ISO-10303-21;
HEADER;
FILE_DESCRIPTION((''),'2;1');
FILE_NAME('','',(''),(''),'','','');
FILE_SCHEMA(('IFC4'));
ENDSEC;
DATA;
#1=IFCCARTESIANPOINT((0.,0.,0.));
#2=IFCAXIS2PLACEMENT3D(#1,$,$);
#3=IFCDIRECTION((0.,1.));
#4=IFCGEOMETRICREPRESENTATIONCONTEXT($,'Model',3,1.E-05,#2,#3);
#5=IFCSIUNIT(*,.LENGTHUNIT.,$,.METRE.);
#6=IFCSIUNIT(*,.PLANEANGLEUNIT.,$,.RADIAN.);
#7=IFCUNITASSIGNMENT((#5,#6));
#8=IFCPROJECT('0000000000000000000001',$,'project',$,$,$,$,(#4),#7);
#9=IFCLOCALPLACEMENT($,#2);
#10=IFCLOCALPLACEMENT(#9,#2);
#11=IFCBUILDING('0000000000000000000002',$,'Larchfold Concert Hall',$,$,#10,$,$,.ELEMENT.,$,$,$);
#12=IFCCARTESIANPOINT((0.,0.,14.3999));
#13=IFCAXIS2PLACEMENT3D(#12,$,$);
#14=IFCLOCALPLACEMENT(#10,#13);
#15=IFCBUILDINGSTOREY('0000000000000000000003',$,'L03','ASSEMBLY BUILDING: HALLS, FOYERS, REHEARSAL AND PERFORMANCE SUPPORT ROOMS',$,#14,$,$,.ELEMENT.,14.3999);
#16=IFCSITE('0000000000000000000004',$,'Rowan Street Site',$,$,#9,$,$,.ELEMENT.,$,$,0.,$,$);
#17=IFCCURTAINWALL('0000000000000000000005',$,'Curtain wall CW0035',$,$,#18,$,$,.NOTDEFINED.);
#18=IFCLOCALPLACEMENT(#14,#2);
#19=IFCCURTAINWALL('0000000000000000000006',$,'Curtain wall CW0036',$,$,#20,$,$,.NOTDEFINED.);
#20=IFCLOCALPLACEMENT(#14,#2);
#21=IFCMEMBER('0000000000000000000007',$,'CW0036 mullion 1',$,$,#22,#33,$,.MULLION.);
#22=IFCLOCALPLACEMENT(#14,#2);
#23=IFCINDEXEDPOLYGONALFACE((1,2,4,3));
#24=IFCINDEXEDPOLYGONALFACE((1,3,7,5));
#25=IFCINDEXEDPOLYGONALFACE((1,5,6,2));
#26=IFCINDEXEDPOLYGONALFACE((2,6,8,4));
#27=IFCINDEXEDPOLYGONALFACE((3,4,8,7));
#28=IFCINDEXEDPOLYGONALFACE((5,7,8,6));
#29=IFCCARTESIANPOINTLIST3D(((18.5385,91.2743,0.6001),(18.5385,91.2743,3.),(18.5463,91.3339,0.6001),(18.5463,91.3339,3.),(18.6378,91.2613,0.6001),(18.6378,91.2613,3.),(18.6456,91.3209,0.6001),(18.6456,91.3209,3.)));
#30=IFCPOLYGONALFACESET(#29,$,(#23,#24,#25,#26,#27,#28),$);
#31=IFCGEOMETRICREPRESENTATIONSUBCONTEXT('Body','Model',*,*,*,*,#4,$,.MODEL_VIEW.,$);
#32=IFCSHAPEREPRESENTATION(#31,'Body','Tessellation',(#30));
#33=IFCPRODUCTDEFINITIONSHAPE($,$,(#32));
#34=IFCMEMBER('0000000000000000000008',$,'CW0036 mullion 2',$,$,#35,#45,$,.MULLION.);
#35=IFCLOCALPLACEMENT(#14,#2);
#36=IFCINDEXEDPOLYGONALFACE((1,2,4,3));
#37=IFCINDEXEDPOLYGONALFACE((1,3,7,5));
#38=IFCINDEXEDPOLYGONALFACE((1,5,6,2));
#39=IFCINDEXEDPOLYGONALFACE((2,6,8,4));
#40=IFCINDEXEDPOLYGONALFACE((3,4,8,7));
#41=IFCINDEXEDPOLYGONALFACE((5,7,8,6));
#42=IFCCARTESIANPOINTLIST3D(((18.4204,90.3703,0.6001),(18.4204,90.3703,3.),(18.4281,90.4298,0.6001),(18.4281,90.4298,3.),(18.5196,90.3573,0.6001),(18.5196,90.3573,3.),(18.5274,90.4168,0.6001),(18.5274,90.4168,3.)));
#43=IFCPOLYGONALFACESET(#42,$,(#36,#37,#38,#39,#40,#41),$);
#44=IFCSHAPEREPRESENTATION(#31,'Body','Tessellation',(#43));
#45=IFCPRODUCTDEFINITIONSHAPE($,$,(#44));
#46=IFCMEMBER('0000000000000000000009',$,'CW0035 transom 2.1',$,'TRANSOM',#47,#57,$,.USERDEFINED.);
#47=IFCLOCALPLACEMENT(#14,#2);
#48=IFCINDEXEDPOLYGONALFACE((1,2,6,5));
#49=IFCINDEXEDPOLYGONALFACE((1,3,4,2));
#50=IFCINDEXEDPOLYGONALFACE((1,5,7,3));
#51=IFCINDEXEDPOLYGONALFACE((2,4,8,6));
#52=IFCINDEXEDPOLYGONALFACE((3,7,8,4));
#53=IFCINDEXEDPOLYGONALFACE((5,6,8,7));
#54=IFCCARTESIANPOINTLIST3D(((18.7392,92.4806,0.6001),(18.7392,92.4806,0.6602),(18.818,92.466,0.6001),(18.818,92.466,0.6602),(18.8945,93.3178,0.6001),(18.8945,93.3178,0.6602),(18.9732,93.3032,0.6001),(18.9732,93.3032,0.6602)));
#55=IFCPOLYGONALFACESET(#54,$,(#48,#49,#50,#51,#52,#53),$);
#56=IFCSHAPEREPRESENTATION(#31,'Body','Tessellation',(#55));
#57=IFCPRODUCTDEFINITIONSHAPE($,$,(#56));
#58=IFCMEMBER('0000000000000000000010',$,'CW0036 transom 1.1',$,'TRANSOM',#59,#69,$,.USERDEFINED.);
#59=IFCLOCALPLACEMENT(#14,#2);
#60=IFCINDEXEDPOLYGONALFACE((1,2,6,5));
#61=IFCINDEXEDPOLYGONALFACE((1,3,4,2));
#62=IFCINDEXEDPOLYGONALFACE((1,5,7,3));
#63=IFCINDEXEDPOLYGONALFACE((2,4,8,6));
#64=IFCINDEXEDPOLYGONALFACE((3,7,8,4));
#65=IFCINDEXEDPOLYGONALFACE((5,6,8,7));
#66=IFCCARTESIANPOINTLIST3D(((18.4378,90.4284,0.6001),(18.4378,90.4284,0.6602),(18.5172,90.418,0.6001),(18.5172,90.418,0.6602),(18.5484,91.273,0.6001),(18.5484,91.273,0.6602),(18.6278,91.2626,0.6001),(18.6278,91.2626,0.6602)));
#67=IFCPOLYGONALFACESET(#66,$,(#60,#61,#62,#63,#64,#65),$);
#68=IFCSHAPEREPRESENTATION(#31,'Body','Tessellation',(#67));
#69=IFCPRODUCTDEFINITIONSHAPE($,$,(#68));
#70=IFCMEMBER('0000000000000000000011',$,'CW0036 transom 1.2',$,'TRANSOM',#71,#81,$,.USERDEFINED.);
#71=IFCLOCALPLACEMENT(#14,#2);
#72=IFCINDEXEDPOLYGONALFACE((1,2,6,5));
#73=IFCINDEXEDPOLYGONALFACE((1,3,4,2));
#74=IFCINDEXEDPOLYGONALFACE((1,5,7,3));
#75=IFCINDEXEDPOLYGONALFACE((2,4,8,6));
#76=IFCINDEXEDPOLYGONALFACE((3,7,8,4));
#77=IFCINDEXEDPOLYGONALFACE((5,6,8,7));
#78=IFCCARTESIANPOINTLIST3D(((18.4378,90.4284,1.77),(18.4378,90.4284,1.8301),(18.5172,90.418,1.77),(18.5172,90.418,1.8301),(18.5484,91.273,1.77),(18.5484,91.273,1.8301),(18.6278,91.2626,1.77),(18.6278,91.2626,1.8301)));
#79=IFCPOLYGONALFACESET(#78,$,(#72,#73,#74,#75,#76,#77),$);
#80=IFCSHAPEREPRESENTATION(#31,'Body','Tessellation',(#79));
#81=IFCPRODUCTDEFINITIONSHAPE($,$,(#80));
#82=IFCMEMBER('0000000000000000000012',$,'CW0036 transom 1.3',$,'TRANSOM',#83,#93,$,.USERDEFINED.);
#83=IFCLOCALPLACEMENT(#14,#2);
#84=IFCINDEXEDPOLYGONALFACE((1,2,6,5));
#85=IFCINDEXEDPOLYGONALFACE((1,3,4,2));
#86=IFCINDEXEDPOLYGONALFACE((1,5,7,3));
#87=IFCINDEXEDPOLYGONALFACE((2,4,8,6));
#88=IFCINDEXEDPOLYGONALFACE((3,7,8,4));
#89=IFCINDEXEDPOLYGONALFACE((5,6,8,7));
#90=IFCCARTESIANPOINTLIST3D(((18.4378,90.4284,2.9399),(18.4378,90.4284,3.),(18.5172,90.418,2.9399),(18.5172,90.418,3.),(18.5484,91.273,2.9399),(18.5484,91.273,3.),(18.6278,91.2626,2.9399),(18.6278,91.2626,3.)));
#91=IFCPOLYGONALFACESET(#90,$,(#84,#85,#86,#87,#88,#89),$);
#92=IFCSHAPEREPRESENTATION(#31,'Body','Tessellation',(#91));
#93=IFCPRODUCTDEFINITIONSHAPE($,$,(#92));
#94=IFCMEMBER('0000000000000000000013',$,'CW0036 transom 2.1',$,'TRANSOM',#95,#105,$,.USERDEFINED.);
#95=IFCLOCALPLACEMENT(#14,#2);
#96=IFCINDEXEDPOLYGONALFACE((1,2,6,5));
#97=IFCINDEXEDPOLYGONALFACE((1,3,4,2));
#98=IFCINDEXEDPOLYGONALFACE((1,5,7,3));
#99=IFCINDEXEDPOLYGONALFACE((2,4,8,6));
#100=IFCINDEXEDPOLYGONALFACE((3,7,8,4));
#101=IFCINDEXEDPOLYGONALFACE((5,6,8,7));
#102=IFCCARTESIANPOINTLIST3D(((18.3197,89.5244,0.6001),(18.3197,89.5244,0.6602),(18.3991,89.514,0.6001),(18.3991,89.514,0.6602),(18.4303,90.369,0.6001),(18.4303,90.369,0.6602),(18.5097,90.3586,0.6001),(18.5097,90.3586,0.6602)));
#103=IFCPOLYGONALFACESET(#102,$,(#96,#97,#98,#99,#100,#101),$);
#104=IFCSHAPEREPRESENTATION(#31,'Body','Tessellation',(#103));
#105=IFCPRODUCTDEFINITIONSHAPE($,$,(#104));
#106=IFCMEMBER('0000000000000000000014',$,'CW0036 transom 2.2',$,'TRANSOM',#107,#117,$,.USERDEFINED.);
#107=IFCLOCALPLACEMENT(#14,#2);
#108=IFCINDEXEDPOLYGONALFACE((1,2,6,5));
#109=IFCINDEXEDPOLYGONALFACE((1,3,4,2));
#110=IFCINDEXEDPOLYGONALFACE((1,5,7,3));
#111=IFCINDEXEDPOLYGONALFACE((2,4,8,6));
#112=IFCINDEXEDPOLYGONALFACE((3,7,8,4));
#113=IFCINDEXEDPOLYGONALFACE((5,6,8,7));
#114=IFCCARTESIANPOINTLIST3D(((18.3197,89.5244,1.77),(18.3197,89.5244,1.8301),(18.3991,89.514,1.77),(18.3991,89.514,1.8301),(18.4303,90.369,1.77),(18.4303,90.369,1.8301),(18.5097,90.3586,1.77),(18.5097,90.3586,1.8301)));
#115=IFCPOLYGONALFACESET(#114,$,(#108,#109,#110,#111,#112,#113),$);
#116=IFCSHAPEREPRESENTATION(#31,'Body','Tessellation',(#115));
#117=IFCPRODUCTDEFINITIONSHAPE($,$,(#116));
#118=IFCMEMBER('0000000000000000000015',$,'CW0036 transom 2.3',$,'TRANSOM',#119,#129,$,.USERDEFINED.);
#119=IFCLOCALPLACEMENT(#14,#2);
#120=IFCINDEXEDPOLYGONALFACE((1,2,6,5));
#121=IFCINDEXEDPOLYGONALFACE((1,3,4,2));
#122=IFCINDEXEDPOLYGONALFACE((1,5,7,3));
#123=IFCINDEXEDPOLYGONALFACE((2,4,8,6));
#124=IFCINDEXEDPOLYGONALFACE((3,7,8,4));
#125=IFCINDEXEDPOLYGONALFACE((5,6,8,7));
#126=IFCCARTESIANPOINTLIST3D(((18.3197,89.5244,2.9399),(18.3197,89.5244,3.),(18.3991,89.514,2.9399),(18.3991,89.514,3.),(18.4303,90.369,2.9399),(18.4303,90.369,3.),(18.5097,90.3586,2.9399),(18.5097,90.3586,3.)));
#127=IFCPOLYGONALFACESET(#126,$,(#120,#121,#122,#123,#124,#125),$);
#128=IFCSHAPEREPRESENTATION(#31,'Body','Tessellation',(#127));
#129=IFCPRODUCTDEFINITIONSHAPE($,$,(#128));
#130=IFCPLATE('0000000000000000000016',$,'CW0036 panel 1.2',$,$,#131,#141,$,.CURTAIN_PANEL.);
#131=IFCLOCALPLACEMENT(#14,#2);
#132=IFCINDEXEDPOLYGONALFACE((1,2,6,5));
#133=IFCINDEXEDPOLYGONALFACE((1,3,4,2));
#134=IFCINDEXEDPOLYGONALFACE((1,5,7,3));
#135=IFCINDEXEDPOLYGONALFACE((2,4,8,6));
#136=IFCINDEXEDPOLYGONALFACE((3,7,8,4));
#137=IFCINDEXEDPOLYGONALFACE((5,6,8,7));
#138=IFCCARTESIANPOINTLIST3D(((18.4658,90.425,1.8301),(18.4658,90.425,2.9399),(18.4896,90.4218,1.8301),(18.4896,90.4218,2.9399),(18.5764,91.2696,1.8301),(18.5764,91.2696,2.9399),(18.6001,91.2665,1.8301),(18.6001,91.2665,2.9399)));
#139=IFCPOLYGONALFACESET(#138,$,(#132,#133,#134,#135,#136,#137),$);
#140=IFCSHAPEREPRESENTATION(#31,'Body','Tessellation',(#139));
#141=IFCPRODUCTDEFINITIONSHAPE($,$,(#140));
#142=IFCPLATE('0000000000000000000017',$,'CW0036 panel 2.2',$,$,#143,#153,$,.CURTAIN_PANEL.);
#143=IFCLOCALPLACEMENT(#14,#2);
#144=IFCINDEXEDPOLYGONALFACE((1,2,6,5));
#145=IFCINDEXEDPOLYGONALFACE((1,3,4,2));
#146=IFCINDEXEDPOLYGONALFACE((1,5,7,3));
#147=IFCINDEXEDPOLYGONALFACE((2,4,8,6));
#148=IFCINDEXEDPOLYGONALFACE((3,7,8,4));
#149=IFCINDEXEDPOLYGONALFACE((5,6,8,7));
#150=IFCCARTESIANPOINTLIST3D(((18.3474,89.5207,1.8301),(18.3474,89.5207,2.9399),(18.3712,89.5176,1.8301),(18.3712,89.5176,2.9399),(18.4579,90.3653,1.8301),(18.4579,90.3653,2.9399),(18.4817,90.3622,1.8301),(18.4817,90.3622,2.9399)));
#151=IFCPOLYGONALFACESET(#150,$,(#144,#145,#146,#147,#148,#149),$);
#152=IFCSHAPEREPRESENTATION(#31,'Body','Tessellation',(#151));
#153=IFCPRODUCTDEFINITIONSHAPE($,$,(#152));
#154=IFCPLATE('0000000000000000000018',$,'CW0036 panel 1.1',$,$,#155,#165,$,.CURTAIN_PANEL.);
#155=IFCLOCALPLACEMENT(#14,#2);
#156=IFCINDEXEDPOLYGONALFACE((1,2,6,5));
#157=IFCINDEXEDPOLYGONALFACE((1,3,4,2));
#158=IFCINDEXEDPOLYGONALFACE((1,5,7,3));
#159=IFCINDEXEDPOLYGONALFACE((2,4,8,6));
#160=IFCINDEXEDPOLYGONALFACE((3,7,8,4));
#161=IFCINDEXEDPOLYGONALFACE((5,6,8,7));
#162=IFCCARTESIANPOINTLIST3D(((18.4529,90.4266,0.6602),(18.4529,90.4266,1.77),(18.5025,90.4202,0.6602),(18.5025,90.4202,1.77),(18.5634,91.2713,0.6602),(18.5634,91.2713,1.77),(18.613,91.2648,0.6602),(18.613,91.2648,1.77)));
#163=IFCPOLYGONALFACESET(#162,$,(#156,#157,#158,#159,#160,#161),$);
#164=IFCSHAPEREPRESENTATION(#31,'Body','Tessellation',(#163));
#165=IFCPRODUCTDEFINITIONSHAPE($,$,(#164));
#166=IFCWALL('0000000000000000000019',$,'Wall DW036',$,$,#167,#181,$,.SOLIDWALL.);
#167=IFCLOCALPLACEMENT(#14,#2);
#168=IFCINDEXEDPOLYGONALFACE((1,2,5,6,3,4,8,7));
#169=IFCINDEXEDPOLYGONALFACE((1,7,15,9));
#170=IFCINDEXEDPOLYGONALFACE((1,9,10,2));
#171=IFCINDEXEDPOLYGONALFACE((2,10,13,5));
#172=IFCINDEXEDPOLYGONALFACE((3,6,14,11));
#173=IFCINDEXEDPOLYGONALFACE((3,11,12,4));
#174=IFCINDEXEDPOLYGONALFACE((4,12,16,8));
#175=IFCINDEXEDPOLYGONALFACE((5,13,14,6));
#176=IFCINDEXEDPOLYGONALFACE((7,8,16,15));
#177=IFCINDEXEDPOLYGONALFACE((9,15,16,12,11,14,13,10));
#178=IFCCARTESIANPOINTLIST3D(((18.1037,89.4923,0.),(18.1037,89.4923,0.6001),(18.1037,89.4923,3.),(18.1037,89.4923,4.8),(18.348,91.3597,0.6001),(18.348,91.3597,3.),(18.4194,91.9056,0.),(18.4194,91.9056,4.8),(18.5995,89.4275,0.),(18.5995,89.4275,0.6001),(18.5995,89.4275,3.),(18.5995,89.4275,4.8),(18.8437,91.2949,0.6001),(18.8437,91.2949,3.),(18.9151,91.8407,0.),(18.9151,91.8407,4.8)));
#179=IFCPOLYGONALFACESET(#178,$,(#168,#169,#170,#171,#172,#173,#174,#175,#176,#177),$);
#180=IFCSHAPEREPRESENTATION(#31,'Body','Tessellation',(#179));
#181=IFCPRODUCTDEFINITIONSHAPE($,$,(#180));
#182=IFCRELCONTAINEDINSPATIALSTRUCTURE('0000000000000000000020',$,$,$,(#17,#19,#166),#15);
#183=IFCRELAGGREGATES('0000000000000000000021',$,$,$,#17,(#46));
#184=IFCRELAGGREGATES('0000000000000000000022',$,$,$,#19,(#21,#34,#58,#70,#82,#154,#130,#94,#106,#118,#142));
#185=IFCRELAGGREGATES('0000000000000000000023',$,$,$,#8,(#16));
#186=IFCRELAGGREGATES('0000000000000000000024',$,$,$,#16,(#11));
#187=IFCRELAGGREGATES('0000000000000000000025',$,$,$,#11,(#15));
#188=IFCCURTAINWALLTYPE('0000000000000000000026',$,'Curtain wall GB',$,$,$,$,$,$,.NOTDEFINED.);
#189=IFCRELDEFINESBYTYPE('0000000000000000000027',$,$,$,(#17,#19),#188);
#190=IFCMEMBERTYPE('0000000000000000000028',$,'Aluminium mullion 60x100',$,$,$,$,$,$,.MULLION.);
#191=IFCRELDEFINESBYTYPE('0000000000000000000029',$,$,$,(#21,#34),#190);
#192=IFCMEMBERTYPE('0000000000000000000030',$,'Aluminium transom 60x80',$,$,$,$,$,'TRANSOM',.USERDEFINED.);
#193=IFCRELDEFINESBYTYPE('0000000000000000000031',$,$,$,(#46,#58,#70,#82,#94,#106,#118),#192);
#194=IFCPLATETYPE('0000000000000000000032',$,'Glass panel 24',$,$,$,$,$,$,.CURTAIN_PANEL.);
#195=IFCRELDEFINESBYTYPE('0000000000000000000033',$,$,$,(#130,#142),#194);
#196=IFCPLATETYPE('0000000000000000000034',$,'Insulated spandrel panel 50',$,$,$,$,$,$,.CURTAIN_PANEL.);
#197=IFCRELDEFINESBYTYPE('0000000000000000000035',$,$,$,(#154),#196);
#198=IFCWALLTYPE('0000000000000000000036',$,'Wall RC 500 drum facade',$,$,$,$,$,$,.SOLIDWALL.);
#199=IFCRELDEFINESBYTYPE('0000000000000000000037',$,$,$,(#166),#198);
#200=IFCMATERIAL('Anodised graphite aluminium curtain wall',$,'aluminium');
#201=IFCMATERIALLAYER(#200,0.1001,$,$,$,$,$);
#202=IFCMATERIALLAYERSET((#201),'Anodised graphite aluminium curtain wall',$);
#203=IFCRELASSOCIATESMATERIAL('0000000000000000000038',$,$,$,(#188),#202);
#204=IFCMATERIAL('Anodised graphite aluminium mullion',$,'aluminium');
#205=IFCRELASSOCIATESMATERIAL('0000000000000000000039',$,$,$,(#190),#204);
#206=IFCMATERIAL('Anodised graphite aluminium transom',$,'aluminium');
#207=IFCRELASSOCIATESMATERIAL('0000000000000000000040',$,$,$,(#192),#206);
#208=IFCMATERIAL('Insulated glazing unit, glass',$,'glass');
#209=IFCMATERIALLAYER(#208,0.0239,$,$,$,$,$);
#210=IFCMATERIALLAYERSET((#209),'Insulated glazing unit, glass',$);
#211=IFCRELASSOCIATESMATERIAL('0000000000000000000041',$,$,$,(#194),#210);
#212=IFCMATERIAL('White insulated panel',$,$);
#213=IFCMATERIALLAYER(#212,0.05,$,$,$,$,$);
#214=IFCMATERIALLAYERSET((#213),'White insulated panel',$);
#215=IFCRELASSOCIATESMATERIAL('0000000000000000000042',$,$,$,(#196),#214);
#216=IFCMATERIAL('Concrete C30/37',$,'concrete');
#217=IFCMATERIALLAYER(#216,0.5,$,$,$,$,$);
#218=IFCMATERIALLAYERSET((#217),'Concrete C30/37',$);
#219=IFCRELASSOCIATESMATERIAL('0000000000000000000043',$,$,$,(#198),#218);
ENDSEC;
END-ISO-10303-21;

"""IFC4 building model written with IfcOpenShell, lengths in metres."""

from ifc_helpers import new_model, si_unit, direction, frame, frame_2d, origin, origin_2d, place, context, subcontext, project, spatial, rectangle, extrude, material, layer, layer_set, material_profile, profile_set, type_object, element, fill, aggregate, save


model = new_model("IFC4")

# Units and contexts
model_context = context("Model", 3, precision=1e-05, world=origin(), true_north=direction((0.0, 1.0)))
body_context = subcontext(model_context, "Body", "Model", "MODEL_VIEW")
ifc_project = project(units=[si_unit("LENGTHUNIT", "METRE"), si_unit("PLANEANGLEUNIT", "RADIAN")], contexts=[model_context])

# Site, building, storey
site_placement = place(None, origin())
site = spatial("IfcSite", under=ifc_project, at=site_placement, Name="Rowan Street Site", CompositionType="ELEMENT", RefElevation=0.0)
building_placement = place(site_placement, origin())
building = spatial("IfcBuilding", under=site, at=building_placement, Name="Larchfold Concert Hall", CompositionType="ELEMENT")
storey_placement = place(building_placement, frame((0.0, 0.0, 14.3999)))
storey = spatial("IfcBuildingStorey", under=building, at=storey_placement, Name="L03", Description="ASSEMBLY BUILDING: HALLS, FOYERS, REHEARSAL AND PERFORMANCE SUPPORT ROOMS", CompositionType="ELEMENT", Elevation=14.3999)

# Curtain walls, members
ifc_material_1 = material(Name="Anodised graphite aluminium curtain wall", Category="aluminium")
ifc_layer_1 = layer(ifc_material_1, 0.1001)
ifc_layer_set_1 = layer_set([ifc_layer_1], Name="Anodised graphite aluminium curtain wall")
curtain_wall_type = type_object("IfcCurtainWallType", Name="Curtain wall GB", PredefinedType="NOTDEFINED", material=ifc_layer_set_1)
curtain_wall_1_placement = place(storey_placement, origin())
curtain_wall_1 = element("IfcCurtainWall", 1, at=curtain_wall_1_placement, inside=storey, type_object=curtain_wall_type, Name="Curtain wall CW0035", PredefinedType="NOTDEFINED")
ifc_material_2 = material(Name="Anodised graphite aluminium mullion", Category="aluminium")
ifc_material_profile_1 = material_profile(ifc_material_2, rectangle(XDim=0.1001, YDim=0.0601, at=origin_2d()))
ifc_profile_set_1 = profile_set([ifc_material_profile_1], Name="Anodised graphite aluminium mullion")
member_type_1 = type_object("IfcMemberType", Name="Aluminium mullion 60x100", PredefinedType="MULLION", material=ifc_profile_set_1)
curtain_wall_2_placement = place(storey_placement, origin())
curtain_wall_2 = element("IfcCurtainWall", 2, at=curtain_wall_2_placement, inside=storey, type_object=curtain_wall_type, Name="Curtain wall CW0036", PredefinedType="NOTDEFINED")
member_1_placement = place(storey_placement, frame((18.592, 91.2976, 0.6001), z_axis=(0.0, 0.0, 1.0), x_axis=(0.991548, -0.129744, 0.0)))
member_1 = element("IfcMember", 3, at=member_1_placement, type_object=member_type_1, Name="CW0036 mullion 1", PredefinedType="MULLION", context=body_context, shape_type="SweptSolid", body=[
    extrude(rectangle(XDim=0.1001, YDim=0.0601, at=origin_2d()), origin(), (0.0, 0.0, 1.0), 2.3999),
])
member_2_placement = place(storey_placement, frame((18.4739, 90.3936, 0.6001), z_axis=(0.0, 0.0, 1.0), x_axis=(0.991548, -0.129744, 0.0)))
member_2 = element("IfcMember", 4, at=member_2_placement, type_object=member_type_1, Name="CW0036 mullion 2", PredefinedType="MULLION", context=body_context, shape_type="SweptSolid", body=[
    extrude(rectangle(XDim=0.1001, YDim=0.0601, at=origin_2d()), origin(), (0.0, 0.0, 1.0), 2.3999),
])

# Members
ifc_material_3 = material(Name="Anodised graphite aluminium transom", Category="aluminium")
ifc_material_profile_2 = material_profile(ifc_material_3, rectangle(XDim=0.0801, YDim=0.0601, at=origin_2d()))
ifc_profile_set_2 = profile_set([ifc_material_profile_2], Name="Anodised graphite aluminium transom")
member_type_2 = type_object("IfcMemberType", Name="Aluminium transom 60x80", ElementType="TRANSOM", PredefinedType="USERDEFINED", material=ifc_profile_set_2)
member_3_placement = place(storey_placement, frame((18.9338, 93.3105, 0.6301), z_axis=(-0.182315, -0.98324, 0.0), x_axis=(0.98324, -0.182315, 0.0)))
member_3 = element("IfcMember", 5, at=member_3_placement, type_object=member_type_2, Name="CW0035 transom 2.1", ObjectType="TRANSOM", PredefinedType="USERDEFINED", context=body_context, shape_type="SweptSolid", body=[
    extrude(rectangle(XDim=0.0801, YDim=0.0601, at=origin_2d()), origin(), (0.0, 0.0, 1.0), 0.8516),
])
member_4_placement = place(storey_placement, frame((18.5881, 91.2678, 0.6301), z_axis=(-0.129854, -0.991533, 0.0), x_axis=(0.991533, -0.129854, 0.0)))
member_4 = element("IfcMember", 6, at=member_4_placement, type_object=member_type_2, Name="CW0036 transom 1.1", ObjectType="TRANSOM", PredefinedType="USERDEFINED", context=body_context, shape_type="SweptSolid", body=[
    extrude(rectangle(XDim=0.0801, YDim=0.0601, at=origin_2d()), origin(), (0.0, 0.0, 1.0), 0.8518),
])
member_5_placement = place(storey_placement, frame((18.5881, 91.2678, 1.8), z_axis=(-0.129854, -0.991533, 0.0), x_axis=(0.991533, -0.129854, 0.0)))
member_5 = element("IfcMember", 7, at=member_5_placement, type_object=member_type_2, Name="CW0036 transom 1.2", ObjectType="TRANSOM", PredefinedType="USERDEFINED", context=body_context, shape_type="SweptSolid", body=[
    extrude(rectangle(XDim=0.0801, YDim=0.0601, at=origin_2d()), origin(), (0.0, 0.0, 1.0), 0.8518),
])
member_6_placement = place(storey_placement, frame((18.5881, 91.2678, 2.97), z_axis=(-0.129854, -0.991533, 0.0), x_axis=(0.991533, -0.129854, 0.0)))
member_6 = element("IfcMember", 8, at=member_6_placement, type_object=member_type_2, Name="CW0036 transom 1.3", ObjectType="TRANSOM", PredefinedType="USERDEFINED", context=body_context, shape_type="SweptSolid", body=[
    extrude(rectangle(XDim=0.0801, YDim=0.0601, at=origin_2d()), origin(), (0.0, 0.0, 1.0), 0.8518),
])
member_7_placement = place(storey_placement, frame((18.47, 90.3638, 0.6301), z_axis=(-0.129854, -0.991533, 0.0), x_axis=(0.991533, -0.129854, 0.0)))
member_7 = element("IfcMember", 9, at=member_7_placement, type_object=member_type_2, Name="CW0036 transom 2.1", ObjectType="TRANSOM", PredefinedType="USERDEFINED", context=body_context, shape_type="SweptSolid", body=[
    extrude(rectangle(XDim=0.0801, YDim=0.0601, at=origin_2d()), origin(), (0.0, 0.0, 1.0), 0.8518),
])
member_8_placement = place(storey_placement, frame((18.47, 90.3638, 1.8), z_axis=(-0.129854, -0.991533, 0.0), x_axis=(0.991533, -0.129854, 0.0)))
member_8 = element("IfcMember", 10, at=member_8_placement, type_object=member_type_2, Name="CW0036 transom 2.2", ObjectType="TRANSOM", PredefinedType="USERDEFINED", context=body_context, shape_type="SweptSolid", body=[
    extrude(rectangle(XDim=0.0801, YDim=0.0601, at=origin_2d()), origin(), (0.0, 0.0, 1.0), 0.8518),
])
member_9_placement = place(storey_placement, frame((18.47, 90.3638, 2.97), z_axis=(-0.129854, -0.991533, 0.0), x_axis=(0.991533, -0.129854, 0.0)))
member_9 = element("IfcMember", 11, at=member_9_placement, type_object=member_type_2, Name="CW0036 transom 2.3", ObjectType="TRANSOM", PredefinedType="USERDEFINED", context=body_context, shape_type="SweptSolid", body=[
    extrude(rectangle(XDim=0.0801, YDim=0.0601, at=origin_2d()), origin(), (0.0, 0.0, 1.0), 0.8518),
])

# Plates
ifc_material_4 = material(Name="Insulated glazing unit, glass", Category="glass")
ifc_layer_2 = layer(ifc_material_4, 0.0239)
ifc_layer_set_2 = layer_set([ifc_layer_2], Name="Insulated glazing unit, glass")
plate_type_1 = type_object("IfcPlateType", Name="Glass panel 24", PredefinedType="CURTAIN_PANEL", material=ifc_layer_set_2)
plate_1_placement = place(storey_placement, frame((18.533, 90.8457, 1.8301), z_axis=(0.0, 0.0, 1.0), x_axis=(-0.129744, -0.991548, 0.0)))
plate_1 = element("IfcPlate", 12, at=plate_1_placement, type_object=plate_type_1, Name="CW0036 panel 1.2", PredefinedType="CURTAIN_PANEL", context=body_context, shape_type="SweptSolid", body=[
    extrude(rectangle(XDim=0.8518, YDim=0.0239, at=origin_2d()), origin(), (0.0, 0.0, 1.0), 1.1099),
])
plate_2_placement = place(storey_placement, frame((18.4146, 89.9414, 1.8301), z_axis=(0.0, 0.0, 1.0), x_axis=(-0.129744, -0.991548, 0.0)))
plate_2 = element("IfcPlate", 13, at=plate_2_placement, type_object=plate_type_1, Name="CW0036 panel 2.2", PredefinedType="CURTAIN_PANEL", context=body_context, shape_type="SweptSolid", body=[
    extrude(rectangle(XDim=0.8518, YDim=0.0239, at=origin_2d()), origin(), (0.0, 0.0, 1.0), 1.1099),
])
ifc_material_5 = material(Name="White insulated panel")
ifc_layer_3 = layer(ifc_material_5, 0.05)
ifc_layer_set_3 = layer_set([ifc_layer_3], Name="White insulated panel")
plate_type_2 = type_object("IfcPlateType", Name="Insulated spandrel panel 50", PredefinedType="CURTAIN_PANEL", material=ifc_layer_set_3)
aggregate(curtain_wall_1, [member_3])
plate_3_placement = place(storey_placement, frame((18.533, 90.8457, 0.6602), z_axis=(0.0, 0.0, 1.0), x_axis=(-0.129744, -0.991548, 0.0)))
plate_3 = element("IfcPlate", 14, at=plate_3_placement, type_object=plate_type_2, Name="CW0036 panel 1.1", PredefinedType="CURTAIN_PANEL", context=body_context, shape_type="SweptSolid", body=[
    extrude(rectangle(XDim=0.8518, YDim=0.05, at=origin_2d()), origin(), (0.0, 0.0, 1.0), 1.1099),
])
aggregate(curtain_wall_2, [member_1, member_2, member_4, member_5, member_6, plate_3, plate_1, member_7, member_8, member_9, plate_2])

# Wall, opening
ifc_material_6 = material(Name="Concrete C30/37", Category="concrete")
ifc_layer_4 = layer(ifc_material_6, 0.5)
ifc_layer_set_4 = layer_set([ifc_layer_4], Name="Concrete C30/37")
wall_type_1 = type_object("IfcWallType", Name="Wall RC 500 drum facade", PredefinedType="SOLIDWALL", material=ifc_layer_set_4)
wall_1_placement = place(storey_placement, frame((18.6672, 91.873, 0.0), z_axis=(0.0, 0.0, 1.0), x_axis=(-0.129699, -0.991553, 0.0)))
wall_1 = element("IfcWall", 15, at=wall_1_placement, inside=storey, type_object=wall_type_1, Name="Wall DW036", PredefinedType="SOLIDWALL", context=body_context, shape_type="SweptSolid", body=[
    extrude(rectangle(XDim=2.4338, YDim=0.5, at=frame_2d((1.2168, 0.0))), origin(), (0.0, 0.0, 1.0), 4.8),
])
opening_placement = place(wall_1_placement, frame((0.5503, 0.0, 0.6001)))
opening = element("IfcOpeningElement", 16, at=opening_placement, cuts=wall_1, PredefinedType="OPENING", context=body_context, shape_type="SweptSolid", body=[
    extrude(rectangle(XDim=1.8835, YDim=2.3999, at=frame_2d((0.9419, 1.2))), frame((0.0, 0.26, 0.0), z_axis=(0.0, -1.0, 0.0), x_axis=(1.0, 0.0, 0.0)), (0.0, 0.0, 1.0), 0.52),
])
fill(opening, curtain_wall_2)

save(model, "model.ifc")
